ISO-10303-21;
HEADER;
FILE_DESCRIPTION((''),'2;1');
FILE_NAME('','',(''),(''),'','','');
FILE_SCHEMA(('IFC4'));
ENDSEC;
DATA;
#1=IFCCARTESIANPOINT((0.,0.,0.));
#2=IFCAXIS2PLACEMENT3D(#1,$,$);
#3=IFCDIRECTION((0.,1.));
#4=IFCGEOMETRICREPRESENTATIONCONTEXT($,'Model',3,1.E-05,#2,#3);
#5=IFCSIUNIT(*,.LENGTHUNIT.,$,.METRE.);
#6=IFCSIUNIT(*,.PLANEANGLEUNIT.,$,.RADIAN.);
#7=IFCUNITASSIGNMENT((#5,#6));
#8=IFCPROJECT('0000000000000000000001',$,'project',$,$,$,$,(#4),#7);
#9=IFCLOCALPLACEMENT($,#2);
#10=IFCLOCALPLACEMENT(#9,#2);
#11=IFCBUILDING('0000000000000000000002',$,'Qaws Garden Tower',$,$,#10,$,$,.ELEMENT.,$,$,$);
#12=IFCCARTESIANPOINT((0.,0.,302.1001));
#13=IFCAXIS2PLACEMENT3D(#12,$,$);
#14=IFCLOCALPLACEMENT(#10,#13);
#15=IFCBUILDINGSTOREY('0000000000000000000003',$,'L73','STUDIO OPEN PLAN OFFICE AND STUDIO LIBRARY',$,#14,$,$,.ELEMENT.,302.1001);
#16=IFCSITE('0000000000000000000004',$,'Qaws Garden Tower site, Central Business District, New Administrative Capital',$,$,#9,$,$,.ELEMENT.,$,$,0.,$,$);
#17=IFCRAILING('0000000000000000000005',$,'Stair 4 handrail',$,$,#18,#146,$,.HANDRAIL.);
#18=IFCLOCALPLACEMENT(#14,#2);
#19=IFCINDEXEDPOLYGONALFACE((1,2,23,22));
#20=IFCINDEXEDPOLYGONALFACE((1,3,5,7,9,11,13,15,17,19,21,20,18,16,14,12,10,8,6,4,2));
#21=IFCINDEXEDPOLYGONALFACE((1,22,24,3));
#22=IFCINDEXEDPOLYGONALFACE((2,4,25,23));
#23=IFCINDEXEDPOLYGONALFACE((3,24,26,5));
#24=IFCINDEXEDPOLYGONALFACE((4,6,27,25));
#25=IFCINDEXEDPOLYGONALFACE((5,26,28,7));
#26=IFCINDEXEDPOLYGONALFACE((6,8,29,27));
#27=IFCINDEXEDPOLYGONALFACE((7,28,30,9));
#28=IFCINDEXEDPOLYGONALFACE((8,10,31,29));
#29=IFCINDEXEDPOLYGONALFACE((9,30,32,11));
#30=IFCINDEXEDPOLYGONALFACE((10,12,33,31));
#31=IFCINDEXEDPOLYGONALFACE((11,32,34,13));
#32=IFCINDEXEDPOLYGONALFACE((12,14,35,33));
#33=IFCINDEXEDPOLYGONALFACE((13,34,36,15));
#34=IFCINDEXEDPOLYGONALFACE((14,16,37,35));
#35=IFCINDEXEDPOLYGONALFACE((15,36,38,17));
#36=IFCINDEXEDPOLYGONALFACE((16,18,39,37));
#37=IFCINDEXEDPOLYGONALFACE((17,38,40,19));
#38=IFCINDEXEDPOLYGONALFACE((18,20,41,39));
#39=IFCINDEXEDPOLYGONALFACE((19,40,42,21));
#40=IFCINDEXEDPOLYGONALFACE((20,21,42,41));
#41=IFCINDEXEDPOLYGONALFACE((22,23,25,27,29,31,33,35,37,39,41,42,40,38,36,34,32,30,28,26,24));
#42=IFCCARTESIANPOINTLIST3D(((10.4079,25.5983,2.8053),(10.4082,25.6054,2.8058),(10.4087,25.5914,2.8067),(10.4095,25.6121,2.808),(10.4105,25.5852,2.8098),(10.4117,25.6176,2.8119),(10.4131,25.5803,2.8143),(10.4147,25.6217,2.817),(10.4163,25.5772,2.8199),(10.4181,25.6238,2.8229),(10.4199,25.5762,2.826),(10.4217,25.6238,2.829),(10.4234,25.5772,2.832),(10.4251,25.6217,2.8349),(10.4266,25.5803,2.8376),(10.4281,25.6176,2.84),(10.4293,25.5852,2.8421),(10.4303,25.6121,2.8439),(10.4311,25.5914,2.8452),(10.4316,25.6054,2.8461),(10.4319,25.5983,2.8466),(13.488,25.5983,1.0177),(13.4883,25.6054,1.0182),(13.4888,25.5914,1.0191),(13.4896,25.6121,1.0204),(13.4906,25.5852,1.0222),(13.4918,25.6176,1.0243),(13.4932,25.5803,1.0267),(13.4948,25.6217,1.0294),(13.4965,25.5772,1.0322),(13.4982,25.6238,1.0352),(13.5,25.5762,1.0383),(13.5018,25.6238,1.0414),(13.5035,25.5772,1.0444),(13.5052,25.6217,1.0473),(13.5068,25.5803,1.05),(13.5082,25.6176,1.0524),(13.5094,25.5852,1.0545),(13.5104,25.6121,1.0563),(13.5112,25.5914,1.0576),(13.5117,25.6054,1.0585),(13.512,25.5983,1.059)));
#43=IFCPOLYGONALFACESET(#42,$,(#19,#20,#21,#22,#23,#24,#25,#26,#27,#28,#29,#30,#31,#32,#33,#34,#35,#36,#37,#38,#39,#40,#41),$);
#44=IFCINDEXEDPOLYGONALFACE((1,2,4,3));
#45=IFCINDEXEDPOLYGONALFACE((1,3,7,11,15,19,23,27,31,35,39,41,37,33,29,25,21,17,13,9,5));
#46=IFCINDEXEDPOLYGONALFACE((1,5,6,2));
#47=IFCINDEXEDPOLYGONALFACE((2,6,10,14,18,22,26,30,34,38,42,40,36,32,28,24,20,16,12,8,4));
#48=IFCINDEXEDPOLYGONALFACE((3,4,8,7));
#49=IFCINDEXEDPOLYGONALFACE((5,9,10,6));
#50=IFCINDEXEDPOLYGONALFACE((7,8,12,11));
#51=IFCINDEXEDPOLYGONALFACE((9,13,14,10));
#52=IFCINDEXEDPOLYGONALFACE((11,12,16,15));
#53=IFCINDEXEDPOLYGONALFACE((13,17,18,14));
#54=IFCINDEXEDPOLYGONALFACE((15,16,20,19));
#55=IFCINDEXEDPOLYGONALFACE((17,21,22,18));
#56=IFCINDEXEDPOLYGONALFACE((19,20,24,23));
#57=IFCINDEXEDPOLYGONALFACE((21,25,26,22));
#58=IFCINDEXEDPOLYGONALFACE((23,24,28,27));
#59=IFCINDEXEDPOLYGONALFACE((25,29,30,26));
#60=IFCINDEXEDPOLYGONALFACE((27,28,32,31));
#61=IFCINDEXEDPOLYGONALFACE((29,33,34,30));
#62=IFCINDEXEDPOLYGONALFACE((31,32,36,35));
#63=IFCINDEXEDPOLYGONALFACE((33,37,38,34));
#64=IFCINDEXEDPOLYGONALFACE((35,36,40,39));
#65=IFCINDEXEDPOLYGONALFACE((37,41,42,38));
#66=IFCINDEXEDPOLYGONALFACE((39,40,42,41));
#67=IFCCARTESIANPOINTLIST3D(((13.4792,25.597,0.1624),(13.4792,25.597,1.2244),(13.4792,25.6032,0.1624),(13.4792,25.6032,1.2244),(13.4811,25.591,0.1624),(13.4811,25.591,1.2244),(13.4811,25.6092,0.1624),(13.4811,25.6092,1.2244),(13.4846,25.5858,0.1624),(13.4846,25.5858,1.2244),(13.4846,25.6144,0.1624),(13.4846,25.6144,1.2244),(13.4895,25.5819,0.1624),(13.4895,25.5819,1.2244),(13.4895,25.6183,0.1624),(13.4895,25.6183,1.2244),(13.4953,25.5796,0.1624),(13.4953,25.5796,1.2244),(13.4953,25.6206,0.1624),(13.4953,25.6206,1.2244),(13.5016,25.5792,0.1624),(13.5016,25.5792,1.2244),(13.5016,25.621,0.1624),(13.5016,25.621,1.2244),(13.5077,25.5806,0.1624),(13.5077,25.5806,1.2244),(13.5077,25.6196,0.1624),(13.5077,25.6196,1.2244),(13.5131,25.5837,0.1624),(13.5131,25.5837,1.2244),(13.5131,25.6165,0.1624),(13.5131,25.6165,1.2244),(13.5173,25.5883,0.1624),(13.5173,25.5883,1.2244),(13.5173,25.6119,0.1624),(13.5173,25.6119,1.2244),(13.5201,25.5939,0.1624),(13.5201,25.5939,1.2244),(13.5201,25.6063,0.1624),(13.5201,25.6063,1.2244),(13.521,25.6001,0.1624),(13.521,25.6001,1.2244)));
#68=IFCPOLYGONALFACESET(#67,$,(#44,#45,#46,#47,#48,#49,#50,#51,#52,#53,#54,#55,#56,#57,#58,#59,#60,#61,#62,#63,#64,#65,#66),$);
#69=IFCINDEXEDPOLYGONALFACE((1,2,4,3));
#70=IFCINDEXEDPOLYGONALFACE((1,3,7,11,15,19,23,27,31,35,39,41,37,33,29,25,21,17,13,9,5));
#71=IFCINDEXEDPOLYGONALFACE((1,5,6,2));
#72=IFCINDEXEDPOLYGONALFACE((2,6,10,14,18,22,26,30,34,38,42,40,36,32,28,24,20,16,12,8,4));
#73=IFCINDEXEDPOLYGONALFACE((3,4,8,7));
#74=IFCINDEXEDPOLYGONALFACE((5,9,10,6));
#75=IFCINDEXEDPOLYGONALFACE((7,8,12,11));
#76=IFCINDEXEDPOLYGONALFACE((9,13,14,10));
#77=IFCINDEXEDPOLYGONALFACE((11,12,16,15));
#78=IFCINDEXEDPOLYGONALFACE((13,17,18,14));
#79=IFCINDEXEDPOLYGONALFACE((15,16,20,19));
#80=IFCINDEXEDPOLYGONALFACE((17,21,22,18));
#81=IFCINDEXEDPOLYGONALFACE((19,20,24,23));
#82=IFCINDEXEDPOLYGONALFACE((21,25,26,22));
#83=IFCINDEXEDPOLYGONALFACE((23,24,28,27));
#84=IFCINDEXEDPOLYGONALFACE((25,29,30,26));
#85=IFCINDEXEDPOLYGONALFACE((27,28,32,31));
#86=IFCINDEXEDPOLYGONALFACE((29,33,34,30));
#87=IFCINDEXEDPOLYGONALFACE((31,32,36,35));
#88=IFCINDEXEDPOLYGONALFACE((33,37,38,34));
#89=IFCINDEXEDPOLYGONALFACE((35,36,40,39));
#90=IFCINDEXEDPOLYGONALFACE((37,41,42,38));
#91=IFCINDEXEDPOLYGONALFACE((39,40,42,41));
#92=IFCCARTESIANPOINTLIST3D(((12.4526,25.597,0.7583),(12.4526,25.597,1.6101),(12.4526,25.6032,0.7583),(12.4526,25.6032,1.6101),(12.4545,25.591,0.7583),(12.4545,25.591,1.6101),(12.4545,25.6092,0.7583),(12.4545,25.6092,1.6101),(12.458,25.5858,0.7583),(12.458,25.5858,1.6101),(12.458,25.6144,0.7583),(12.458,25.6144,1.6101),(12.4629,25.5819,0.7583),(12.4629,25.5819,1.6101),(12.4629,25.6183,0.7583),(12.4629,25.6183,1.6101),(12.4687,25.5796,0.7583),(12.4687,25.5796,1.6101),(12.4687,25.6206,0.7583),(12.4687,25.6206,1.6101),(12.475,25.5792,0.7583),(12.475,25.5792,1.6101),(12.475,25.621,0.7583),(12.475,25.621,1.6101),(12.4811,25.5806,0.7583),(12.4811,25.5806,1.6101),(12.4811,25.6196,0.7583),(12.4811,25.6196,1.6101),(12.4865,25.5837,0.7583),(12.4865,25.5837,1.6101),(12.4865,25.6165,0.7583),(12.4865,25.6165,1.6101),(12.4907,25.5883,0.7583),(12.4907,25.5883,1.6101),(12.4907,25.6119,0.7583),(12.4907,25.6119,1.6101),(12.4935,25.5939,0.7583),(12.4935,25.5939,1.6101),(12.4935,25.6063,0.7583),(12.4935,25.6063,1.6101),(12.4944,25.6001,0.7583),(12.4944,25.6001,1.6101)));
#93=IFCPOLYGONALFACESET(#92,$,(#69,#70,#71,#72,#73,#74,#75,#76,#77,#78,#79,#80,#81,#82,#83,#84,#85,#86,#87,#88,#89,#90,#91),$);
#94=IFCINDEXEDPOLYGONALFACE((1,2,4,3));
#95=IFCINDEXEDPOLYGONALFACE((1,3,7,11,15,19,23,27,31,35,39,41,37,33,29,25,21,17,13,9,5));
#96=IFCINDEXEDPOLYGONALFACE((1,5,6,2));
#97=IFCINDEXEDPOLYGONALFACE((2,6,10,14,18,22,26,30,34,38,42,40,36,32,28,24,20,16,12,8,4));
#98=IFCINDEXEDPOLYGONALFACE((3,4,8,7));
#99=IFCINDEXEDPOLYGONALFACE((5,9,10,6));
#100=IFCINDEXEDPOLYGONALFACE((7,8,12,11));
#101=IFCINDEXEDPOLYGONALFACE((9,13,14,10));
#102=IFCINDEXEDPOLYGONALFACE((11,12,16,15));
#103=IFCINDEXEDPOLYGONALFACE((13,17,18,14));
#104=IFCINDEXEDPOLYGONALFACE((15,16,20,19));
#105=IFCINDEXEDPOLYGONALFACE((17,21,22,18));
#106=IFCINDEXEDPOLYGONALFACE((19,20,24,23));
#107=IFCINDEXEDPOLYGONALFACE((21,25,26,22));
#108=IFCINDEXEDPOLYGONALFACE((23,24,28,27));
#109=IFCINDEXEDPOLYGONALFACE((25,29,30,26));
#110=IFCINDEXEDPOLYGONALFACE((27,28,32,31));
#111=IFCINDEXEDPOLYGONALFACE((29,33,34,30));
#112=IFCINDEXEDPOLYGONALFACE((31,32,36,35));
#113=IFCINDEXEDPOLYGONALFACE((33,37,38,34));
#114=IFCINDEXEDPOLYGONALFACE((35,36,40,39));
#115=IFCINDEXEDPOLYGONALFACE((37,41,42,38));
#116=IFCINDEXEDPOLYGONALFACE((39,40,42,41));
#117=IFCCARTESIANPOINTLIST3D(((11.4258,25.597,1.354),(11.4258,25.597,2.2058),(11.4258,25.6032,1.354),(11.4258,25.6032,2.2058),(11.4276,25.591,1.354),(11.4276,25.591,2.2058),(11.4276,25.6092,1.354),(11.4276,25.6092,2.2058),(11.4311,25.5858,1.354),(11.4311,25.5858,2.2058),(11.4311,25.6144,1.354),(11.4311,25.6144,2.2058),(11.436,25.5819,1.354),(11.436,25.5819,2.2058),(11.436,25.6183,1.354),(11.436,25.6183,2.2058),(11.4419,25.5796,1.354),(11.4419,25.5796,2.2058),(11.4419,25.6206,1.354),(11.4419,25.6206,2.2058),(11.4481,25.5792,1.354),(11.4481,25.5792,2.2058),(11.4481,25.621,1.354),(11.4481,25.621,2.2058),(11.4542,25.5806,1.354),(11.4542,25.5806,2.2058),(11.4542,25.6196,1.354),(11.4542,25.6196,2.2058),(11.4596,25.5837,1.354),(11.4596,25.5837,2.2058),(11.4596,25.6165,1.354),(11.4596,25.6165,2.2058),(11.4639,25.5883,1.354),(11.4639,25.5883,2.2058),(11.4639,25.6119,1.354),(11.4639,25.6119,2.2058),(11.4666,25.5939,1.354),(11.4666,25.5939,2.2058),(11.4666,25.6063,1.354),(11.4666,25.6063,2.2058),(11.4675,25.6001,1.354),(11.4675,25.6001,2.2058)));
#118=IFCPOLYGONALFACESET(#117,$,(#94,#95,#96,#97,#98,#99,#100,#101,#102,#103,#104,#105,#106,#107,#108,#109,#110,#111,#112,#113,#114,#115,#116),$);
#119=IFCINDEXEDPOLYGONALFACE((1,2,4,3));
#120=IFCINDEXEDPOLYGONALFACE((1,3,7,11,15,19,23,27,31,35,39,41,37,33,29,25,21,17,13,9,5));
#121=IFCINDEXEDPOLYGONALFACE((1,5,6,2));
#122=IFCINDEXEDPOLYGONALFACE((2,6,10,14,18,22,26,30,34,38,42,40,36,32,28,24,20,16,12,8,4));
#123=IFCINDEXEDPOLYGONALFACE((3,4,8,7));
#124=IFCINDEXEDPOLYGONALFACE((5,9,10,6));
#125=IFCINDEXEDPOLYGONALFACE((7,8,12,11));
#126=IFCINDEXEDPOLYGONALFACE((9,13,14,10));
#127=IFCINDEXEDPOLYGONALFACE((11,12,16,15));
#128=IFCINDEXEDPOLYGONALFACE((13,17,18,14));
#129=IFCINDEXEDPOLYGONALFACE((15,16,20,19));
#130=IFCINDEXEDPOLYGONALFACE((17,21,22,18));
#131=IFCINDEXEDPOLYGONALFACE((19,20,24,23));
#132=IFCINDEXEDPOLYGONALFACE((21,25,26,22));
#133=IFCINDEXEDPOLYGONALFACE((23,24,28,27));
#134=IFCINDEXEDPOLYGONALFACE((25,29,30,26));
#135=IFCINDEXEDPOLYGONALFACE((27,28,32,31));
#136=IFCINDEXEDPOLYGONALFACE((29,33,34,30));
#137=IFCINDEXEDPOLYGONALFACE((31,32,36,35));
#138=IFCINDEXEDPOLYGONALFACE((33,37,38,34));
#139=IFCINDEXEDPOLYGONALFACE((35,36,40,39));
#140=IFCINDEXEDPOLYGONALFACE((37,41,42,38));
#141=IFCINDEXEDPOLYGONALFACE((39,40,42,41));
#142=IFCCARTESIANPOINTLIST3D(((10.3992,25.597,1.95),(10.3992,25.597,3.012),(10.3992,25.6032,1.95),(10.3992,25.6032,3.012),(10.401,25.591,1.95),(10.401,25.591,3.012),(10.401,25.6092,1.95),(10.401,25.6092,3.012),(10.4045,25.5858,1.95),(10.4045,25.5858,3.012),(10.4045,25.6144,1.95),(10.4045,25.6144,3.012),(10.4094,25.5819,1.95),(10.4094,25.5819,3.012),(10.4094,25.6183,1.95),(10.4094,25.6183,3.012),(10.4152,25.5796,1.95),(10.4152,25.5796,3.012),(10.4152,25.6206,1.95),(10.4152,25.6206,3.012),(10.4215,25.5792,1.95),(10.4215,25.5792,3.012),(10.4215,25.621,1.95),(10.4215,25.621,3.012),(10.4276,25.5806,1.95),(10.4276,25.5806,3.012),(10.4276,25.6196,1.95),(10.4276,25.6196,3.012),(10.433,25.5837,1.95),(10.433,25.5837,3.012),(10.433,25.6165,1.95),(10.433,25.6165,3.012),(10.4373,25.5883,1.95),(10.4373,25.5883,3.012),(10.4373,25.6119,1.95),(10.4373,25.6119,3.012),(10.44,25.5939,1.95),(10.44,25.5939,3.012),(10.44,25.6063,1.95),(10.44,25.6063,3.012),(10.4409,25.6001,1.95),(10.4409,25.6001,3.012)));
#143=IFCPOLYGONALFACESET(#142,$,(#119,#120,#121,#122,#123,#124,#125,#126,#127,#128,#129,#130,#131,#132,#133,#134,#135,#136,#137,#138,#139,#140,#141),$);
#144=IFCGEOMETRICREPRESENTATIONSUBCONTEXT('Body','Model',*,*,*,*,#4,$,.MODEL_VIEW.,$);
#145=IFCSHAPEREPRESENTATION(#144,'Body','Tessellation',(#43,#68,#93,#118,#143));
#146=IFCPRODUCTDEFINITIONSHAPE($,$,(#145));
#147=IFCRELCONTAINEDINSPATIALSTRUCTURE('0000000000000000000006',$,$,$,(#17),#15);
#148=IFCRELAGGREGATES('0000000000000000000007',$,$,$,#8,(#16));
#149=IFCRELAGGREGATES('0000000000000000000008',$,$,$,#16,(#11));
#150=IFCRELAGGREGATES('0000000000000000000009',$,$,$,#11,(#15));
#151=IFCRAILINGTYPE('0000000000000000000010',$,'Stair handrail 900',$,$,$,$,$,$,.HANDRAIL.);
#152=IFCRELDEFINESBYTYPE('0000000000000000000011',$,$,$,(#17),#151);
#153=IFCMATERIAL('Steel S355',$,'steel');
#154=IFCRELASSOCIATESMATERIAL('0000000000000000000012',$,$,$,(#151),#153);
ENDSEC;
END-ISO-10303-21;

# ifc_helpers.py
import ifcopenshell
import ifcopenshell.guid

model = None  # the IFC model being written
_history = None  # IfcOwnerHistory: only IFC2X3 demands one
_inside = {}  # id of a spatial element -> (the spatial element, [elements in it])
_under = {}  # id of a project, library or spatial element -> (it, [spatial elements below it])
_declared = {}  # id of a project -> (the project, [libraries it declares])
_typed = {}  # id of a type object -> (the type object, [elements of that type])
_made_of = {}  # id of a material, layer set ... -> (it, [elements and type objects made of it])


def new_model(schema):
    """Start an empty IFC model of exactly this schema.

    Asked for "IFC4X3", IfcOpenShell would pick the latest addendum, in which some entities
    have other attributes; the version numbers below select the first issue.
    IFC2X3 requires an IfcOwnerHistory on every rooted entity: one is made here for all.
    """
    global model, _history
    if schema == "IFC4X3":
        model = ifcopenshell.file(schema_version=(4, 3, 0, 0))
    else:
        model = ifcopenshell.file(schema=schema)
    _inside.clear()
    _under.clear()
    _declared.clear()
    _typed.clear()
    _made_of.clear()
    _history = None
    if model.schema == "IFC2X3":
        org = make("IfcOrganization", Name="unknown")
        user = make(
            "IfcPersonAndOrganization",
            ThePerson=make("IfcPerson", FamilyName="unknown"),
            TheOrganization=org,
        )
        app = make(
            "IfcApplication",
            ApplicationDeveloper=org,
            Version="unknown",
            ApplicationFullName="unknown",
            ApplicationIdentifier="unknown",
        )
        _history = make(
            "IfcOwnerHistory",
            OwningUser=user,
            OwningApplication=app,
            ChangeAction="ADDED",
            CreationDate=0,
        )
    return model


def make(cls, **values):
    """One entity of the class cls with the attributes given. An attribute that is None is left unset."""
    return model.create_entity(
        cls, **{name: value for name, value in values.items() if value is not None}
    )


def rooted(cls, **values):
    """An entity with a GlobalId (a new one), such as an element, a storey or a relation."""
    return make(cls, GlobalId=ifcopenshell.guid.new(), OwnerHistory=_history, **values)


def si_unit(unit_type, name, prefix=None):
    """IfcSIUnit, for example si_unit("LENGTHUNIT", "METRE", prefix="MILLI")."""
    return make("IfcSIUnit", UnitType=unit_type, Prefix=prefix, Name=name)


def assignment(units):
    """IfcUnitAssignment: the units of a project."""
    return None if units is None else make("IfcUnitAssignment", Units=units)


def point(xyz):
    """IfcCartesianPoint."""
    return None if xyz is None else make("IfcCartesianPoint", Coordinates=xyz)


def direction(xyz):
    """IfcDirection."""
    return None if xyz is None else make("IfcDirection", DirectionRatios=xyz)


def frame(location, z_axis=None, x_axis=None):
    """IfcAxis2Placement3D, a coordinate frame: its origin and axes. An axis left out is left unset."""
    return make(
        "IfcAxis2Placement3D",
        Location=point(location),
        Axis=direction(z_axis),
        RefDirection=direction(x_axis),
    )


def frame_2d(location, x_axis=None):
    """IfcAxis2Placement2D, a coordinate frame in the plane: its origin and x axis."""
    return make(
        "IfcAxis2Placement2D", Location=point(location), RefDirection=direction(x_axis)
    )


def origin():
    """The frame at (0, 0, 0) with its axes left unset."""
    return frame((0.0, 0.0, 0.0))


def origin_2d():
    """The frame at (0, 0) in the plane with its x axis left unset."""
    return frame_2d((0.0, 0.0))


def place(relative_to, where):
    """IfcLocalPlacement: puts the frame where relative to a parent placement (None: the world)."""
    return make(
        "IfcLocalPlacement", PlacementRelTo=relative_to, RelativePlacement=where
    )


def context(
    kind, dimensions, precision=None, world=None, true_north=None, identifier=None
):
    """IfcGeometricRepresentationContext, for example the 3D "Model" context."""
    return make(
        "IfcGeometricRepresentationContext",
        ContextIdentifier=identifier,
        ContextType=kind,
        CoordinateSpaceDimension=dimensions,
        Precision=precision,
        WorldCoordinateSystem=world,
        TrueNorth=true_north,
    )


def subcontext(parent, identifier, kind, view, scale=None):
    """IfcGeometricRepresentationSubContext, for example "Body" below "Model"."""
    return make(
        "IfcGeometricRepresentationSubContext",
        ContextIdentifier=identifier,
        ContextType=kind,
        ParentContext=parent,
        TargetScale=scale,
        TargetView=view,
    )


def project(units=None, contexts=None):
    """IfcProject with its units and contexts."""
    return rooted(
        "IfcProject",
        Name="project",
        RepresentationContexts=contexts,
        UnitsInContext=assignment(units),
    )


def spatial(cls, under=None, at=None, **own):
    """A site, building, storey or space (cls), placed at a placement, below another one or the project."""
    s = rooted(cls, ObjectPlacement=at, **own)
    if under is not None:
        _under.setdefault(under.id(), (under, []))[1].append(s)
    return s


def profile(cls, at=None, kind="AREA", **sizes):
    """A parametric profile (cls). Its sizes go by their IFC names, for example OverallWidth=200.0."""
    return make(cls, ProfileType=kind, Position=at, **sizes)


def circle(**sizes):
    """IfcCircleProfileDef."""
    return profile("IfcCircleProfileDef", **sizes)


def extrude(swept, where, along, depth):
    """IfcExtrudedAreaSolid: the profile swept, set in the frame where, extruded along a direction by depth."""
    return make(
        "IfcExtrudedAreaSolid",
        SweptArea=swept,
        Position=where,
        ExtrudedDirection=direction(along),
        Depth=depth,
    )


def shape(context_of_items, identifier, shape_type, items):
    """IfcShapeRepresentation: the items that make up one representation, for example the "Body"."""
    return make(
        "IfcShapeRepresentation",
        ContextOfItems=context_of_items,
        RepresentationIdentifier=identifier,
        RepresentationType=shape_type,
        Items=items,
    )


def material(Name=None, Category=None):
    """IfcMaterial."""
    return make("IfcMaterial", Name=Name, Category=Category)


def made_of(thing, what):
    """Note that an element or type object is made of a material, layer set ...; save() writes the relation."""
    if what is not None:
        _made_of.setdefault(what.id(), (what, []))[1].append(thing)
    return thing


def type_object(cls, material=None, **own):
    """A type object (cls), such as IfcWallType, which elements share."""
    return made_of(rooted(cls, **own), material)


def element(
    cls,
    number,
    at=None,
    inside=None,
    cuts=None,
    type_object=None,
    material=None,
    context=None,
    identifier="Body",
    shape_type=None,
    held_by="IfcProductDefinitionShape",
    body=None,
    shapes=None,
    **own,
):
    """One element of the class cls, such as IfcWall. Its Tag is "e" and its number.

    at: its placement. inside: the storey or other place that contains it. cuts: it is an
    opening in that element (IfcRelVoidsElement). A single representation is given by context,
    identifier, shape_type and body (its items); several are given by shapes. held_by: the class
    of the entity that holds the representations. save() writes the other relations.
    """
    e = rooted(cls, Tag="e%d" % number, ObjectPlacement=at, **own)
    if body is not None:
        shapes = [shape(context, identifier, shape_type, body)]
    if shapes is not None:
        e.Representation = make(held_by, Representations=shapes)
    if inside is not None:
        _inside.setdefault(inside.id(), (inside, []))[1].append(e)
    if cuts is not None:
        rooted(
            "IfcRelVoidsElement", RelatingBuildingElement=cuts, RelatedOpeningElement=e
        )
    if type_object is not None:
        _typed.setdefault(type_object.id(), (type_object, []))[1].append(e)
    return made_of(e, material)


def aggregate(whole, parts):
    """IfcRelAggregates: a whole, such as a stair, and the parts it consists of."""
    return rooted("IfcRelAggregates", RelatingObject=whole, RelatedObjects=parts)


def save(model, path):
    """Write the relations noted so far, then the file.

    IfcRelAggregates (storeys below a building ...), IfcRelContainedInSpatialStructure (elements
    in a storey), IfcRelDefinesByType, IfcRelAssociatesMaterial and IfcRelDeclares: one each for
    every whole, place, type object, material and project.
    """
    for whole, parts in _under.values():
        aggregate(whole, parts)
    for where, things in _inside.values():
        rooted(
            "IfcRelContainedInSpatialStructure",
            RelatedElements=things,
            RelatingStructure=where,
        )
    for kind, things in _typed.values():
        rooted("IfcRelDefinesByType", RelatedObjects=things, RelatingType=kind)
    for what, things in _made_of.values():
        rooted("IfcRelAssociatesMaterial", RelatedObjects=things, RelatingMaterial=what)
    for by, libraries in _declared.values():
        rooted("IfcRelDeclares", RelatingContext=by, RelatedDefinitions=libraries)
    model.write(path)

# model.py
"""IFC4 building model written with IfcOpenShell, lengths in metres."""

from ifc_helpers import new_model, si_unit, direction, frame, origin, origin_2d, place, context, subcontext, project, spatial, circle, extrude, material, type_object, element, save


model = new_model("IFC4")

# Units and contexts
model_context = context("Model", 3, precision=1e-05, world=origin(), true_north=direction((0.0, 1.0)))
body_context = subcontext(model_context, "Body", "Model", "MODEL_VIEW")
ifc_project = project(units=[si_unit("LENGTHUNIT", "METRE"), si_unit("PLANEANGLEUNIT", "RADIAN")], contexts=[model_context])

# Site, building, storey
site_placement = place(None, origin())
site = spatial("IfcSite", under=ifc_project, at=site_placement, Name="Qaws Garden Tower site, Central Business District, New Administrative Capital", CompositionType="ELEMENT", RefElevation=0.0)
building_placement = place(site_placement, origin())
building = spatial("IfcBuilding", under=site, at=building_placement, Name="Qaws Garden Tower", CompositionType="ELEMENT")
storey_placement = place(building_placement, frame((0.0, 0.0, 302.1001)))
storey = spatial("IfcBuildingStorey", under=building, at=storey_placement, Name="L73", Description="STUDIO OPEN PLAN OFFICE AND STUDIO LIBRARY", CompositionType="ELEMENT", Elevation=302.1001)

# Railing
ifc_material_1 = material(Name="Steel S355", Category="steel")
railing_type = type_object("IfcRailingType", Name="Stair handrail 900", PredefinedType="HANDRAIL", material=ifc_material_1)
railing_1_placement = place(storey_placement, frame((13.5, 25.6001, 0.1624)))
element("IfcRailing", 1, at=railing_1_placement, inside=storey, type_object=railing_type, Name="Stair 4 handrail", PredefinedType="HANDRAIL", context=body_context, shape_type="SweptSolid", body=[
    extrude(circle(Radius=0.0239, at=origin_2d()), frame((0.0, 0.0, 0.876), z_axis=(-0.864891, 0.0, 0.50196), x_axis=(0.0, -1.0, 0.0)), (0.0, 0.0, 1.0), 3.5613),
    extrude(circle(Radius=0.021, at=origin_2d()), origin(), (0.0, 0.0, 1.0), 1.062),
    extrude(circle(Radius=0.021, at=origin_2d()), frame((-1.0266, 0.0, 0.5959)), (0.0, 0.0, 1.0), 0.8518),
    extrude(circle(Radius=0.021, at=origin_2d()), frame((-2.0535, 0.0, 1.1917)), (0.0, 0.0, 1.0), 0.8518),
    extrude(circle(Radius=0.021, at=origin_2d()), frame((-3.0801, 0.0, 1.7876)), (0.0, 0.0, 1.0), 1.062),
])

save(model, "model.ifc")
